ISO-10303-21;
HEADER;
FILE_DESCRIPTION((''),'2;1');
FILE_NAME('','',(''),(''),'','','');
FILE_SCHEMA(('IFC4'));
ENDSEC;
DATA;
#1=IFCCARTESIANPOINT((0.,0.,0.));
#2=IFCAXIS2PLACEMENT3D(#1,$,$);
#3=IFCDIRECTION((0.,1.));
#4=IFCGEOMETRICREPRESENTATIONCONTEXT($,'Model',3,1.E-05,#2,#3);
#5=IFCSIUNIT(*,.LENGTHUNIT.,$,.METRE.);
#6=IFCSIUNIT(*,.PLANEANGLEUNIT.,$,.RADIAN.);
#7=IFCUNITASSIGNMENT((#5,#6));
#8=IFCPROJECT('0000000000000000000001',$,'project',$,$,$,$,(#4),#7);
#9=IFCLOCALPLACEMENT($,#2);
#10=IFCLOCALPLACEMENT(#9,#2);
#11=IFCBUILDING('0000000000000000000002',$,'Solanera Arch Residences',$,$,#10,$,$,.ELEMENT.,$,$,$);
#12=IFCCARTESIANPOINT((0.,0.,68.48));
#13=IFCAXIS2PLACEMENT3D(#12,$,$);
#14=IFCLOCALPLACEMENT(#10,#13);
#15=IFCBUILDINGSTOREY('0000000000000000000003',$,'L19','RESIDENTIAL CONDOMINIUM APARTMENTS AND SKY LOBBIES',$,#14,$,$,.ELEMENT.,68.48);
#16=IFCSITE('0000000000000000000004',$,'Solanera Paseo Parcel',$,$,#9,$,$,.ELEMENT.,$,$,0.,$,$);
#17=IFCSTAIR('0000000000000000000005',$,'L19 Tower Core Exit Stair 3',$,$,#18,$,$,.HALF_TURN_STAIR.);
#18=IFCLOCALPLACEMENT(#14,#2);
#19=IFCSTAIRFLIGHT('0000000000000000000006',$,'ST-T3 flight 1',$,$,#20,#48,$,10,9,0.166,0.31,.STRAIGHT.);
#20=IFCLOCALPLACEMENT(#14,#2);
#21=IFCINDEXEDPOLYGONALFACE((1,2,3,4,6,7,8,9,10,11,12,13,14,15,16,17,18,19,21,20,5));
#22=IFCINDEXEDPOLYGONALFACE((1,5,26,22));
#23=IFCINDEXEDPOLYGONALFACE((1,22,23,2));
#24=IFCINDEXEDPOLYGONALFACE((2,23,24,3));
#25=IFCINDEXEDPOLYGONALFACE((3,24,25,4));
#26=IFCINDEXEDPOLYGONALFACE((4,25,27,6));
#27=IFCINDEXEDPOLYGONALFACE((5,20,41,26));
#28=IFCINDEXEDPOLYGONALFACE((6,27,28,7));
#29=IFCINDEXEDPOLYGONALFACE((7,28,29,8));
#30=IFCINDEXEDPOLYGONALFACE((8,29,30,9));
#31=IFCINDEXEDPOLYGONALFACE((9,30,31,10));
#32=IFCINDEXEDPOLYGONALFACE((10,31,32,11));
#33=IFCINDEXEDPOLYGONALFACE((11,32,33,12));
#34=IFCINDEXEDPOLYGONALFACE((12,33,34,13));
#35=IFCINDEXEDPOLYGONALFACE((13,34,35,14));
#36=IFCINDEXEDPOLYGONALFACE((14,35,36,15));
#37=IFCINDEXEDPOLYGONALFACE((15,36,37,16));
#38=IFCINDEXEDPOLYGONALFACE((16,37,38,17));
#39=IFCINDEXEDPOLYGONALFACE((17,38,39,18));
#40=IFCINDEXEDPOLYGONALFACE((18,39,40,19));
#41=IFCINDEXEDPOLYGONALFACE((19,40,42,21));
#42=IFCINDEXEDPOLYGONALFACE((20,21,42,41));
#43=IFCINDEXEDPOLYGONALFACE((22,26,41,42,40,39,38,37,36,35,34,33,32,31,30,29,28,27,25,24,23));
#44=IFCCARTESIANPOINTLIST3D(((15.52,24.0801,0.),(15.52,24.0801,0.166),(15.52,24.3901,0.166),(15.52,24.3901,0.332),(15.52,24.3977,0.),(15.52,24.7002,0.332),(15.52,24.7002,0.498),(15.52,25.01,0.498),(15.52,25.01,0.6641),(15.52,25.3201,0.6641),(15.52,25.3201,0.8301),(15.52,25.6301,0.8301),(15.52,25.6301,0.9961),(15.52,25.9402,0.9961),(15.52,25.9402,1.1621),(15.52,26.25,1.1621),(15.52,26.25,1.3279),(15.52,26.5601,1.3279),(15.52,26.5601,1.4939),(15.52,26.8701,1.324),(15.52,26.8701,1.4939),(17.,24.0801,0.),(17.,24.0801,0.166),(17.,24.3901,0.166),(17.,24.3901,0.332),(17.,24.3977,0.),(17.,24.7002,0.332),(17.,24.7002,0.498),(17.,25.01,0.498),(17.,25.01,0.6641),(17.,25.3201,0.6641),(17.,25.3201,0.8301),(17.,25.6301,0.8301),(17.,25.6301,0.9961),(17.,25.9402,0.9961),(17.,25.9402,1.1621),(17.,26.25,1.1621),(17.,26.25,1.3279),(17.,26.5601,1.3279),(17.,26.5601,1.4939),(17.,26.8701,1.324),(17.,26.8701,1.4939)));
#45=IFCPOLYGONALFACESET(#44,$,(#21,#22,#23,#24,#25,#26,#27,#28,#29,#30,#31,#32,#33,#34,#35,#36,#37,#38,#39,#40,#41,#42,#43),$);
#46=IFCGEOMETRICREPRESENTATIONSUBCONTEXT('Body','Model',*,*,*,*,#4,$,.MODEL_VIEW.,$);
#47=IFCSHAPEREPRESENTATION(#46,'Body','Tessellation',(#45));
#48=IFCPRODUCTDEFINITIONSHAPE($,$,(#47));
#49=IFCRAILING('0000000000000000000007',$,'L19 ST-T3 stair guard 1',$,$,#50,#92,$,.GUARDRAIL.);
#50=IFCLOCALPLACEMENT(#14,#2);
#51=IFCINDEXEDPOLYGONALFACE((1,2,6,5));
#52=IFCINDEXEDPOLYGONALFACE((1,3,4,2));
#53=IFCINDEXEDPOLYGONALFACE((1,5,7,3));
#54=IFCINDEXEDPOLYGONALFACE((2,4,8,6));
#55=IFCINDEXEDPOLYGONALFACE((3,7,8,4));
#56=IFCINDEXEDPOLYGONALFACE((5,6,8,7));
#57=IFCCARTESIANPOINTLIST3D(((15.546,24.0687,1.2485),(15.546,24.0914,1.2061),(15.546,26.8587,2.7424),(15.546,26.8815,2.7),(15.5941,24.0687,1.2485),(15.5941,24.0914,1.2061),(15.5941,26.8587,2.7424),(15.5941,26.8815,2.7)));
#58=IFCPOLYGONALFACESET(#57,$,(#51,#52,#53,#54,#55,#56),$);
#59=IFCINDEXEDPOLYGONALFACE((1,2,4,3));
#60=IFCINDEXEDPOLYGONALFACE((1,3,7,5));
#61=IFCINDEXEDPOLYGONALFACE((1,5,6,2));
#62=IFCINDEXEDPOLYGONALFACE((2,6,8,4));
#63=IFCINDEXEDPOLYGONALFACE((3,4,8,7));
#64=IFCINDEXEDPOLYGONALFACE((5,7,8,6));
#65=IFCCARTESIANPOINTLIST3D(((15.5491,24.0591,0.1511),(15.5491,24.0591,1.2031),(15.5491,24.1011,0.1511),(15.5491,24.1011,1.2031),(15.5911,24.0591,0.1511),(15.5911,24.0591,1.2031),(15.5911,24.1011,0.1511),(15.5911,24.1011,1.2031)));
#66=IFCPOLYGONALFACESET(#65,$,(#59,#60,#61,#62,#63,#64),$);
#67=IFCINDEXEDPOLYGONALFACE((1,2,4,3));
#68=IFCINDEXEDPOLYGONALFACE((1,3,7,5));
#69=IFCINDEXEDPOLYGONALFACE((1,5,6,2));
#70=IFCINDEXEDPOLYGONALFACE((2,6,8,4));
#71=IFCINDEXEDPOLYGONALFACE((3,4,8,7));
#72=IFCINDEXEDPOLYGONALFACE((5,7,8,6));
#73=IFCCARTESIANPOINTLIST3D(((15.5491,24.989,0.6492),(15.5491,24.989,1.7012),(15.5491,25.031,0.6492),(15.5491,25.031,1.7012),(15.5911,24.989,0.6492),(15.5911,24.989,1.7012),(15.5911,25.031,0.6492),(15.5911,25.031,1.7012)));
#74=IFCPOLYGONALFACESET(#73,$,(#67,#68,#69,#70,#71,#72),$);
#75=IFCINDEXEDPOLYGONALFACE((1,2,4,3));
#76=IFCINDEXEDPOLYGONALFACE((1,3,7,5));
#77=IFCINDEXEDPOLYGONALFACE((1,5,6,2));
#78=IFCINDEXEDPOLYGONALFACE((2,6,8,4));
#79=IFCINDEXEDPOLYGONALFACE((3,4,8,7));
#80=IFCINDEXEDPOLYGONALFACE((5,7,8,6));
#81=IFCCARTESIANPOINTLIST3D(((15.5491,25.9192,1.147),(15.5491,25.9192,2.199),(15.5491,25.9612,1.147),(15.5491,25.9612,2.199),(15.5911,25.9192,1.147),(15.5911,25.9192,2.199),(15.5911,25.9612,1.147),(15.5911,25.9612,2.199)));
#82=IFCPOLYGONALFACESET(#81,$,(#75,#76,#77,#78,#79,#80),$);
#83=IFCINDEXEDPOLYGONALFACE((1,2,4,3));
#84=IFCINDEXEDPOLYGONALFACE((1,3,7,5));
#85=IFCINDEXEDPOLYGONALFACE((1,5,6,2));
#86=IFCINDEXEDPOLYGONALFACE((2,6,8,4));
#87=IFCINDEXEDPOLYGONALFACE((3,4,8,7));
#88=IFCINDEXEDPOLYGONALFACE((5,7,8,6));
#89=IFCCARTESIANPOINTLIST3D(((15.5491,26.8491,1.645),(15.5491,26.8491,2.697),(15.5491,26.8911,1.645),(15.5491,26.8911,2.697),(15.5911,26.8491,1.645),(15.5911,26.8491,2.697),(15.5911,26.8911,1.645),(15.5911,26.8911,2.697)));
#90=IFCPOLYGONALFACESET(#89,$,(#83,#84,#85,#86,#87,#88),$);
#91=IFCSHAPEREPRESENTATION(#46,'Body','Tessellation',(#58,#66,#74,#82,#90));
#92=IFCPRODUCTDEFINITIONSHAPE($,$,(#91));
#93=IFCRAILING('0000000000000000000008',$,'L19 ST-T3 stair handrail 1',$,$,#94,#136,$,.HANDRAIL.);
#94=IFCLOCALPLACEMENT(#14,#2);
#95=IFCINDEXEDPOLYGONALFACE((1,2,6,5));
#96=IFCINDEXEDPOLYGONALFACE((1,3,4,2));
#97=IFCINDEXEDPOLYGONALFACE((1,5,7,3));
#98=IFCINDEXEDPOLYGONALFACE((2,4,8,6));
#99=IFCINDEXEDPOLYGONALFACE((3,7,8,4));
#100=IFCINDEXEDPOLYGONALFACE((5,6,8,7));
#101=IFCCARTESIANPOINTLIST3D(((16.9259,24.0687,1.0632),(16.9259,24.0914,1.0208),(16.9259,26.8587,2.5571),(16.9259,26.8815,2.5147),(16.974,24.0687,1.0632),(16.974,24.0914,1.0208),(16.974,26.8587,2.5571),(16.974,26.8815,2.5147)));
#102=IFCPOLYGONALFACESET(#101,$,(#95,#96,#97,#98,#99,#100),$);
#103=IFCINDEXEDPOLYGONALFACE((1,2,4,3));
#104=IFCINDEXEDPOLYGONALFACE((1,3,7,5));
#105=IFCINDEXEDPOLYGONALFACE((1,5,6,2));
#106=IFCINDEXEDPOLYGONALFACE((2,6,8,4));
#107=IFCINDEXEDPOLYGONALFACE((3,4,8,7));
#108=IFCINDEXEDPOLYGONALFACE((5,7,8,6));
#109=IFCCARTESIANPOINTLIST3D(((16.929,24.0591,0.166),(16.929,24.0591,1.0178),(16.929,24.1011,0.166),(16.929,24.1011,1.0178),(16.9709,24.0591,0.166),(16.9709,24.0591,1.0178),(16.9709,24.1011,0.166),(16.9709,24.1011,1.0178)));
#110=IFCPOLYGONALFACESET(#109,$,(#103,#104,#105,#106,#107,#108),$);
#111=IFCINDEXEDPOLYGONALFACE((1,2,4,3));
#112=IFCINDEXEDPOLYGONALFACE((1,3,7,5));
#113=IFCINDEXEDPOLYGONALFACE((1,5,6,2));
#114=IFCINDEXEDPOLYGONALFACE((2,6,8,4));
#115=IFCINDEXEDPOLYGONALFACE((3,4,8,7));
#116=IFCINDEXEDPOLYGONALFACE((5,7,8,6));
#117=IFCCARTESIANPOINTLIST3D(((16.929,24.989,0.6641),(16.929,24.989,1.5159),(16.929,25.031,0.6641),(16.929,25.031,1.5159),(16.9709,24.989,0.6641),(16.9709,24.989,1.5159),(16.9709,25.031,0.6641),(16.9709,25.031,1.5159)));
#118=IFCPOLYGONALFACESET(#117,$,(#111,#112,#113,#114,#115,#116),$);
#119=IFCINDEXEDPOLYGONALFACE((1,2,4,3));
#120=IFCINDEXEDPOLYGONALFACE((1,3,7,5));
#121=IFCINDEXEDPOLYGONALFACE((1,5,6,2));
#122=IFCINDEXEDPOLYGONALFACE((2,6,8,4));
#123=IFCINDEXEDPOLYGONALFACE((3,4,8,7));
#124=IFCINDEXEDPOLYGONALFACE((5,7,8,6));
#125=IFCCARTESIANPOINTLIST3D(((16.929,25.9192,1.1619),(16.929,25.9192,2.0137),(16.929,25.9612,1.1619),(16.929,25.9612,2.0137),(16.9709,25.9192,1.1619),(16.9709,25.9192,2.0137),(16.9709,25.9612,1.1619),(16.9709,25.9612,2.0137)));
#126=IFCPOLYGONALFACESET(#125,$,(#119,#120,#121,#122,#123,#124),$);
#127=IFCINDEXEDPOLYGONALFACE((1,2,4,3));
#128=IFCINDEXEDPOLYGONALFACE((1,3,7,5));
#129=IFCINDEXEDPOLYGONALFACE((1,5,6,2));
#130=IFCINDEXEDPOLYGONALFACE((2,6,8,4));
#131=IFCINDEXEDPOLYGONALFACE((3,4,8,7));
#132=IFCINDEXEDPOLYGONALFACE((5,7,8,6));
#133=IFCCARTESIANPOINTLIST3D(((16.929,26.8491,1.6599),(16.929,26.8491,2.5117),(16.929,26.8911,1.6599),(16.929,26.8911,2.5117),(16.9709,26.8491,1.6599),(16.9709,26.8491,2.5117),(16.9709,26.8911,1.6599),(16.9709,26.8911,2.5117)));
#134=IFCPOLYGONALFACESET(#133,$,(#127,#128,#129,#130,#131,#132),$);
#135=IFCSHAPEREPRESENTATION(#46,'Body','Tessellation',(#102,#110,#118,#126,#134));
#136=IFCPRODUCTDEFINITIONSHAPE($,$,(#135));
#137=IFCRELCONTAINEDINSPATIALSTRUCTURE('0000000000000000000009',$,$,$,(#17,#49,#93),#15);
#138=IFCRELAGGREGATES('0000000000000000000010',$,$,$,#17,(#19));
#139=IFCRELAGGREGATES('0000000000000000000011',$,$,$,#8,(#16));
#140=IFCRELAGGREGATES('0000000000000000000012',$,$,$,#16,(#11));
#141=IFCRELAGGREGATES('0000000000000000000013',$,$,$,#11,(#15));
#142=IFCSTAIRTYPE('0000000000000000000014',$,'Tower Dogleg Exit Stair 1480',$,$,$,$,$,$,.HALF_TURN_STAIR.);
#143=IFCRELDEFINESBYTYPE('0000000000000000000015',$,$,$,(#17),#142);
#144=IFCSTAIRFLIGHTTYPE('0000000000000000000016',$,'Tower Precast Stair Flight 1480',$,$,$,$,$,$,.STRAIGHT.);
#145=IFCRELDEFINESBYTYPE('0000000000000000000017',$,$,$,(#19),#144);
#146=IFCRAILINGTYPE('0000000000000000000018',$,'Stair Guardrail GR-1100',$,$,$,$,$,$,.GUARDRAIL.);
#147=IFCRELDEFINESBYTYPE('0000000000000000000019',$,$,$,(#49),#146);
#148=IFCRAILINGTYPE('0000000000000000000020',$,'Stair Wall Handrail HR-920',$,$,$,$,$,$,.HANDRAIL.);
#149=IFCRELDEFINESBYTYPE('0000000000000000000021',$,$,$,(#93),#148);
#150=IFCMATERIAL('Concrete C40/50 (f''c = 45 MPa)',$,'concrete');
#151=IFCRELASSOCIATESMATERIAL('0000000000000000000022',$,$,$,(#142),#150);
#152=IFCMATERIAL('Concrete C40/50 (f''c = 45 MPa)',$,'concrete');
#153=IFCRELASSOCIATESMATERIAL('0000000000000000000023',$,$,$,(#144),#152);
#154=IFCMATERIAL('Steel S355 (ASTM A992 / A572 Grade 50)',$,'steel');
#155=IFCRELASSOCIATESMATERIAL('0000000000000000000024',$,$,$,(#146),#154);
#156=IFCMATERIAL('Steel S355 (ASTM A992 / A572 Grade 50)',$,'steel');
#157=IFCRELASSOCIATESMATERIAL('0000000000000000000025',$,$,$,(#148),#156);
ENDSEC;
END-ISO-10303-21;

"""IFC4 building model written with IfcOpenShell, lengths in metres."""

from ifc_helpers import new_model, si_unit, direction, frame, origin, origin_2d, place, context, subcontext, project, spatial, polyline, rectangle, outline, extrude, material, type_object, element, aggregate, save


model = new_model("IFC4")

# Units and contexts
model_context = context("Model", 3, precision=1e-05, world=origin(), true_north=direction((0.0, 1.0)))
body_context = subcontext(model_context, "Body", "Model", "MODEL_VIEW")
ifc_project = project(units=[si_unit("LENGTHUNIT", "METRE"), si_unit("PLANEANGLEUNIT", "RADIAN")], contexts=[model_context])

# Site, building, storey
site_placement = place(None, origin())
site = spatial("IfcSite", under=ifc_project, at=site_placement, Name="Solanera Paseo Parcel", CompositionType="ELEMENT", RefElevation=0.0)
building_placement = place(site_placement, origin())
building = spatial("IfcBuilding", under=site, at=building_placement, Name="Solanera Arch Residences", CompositionType="ELEMENT")
storey_placement = place(building_placement, frame((0.0, 0.0, 68.48)))
storey = spatial("IfcBuildingStorey", under=building, at=storey_placement, Name="L19", Description="RESIDENTIAL CONDOMINIUM APARTMENTS AND SKY LOBBIES", CompositionType="ELEMENT", Elevation=68.48)

# Stair, stair flight
ifc_material_1 = material(Name="Concrete C40/50 (f'c = 45 MPa)", Category="concrete")
stair_type = type_object("IfcStairType", Name="Tower Dogleg Exit Stair 1480", PredefinedType="HALF_TURN_STAIR", material=ifc_material_1)
stair_placement = place(storey_placement, origin())
stair = element("IfcStair", 1, at=stair_placement, inside=storey, type_object=stair_type, Name="L19 Tower Core Exit Stair 3", PredefinedType="HALF_TURN_STAIR")
ifc_material_2 = material(Name="Concrete C40/50 (f'c = 45 MPa)", Category="concrete")
stair_flight_type = type_object("IfcStairFlightType", Name="Tower Precast Stair Flight 1480", PredefinedType="STRAIGHT", material=ifc_material_2)
stair_flight_placement = place(storey_placement, frame((16.26, 24.0801, 0.0), z_axis=(0.0, 0.0, 1.0), x_axis=(0.0, 1.0, 0.0)))
stair_flight = element("IfcStairFlight", 2, at=stair_flight_placement, type_object=stair_flight_type, Name="ST-T3 flight 1", NumberOfRisers=10, NumberOfTreads=9, PredefinedType="STRAIGHT", RiserHeight=0.166, TreadLength=0.31, context=body_context, shape_type="SweptSolid", body=[
    extrude(outline(polyline([(0.0, 0.0), (0.0, 0.166), (0.3101, 0.166), (0.3101, 0.332), (0.6201, 0.332), (0.6201, 0.498), (0.9299, 0.498), (0.9299, 0.6641), (1.24, 0.6641), (1.24, 0.8301), (1.55, 0.8301), (1.55, 0.9961), (1.8601, 0.9961), (1.8601, 1.1621), (2.1699, 1.1621), (2.1699, 1.3279), (2.48, 1.3279), (2.48, 1.4939), (2.79, 1.4939), (2.79, 1.6599), (2.79, 1.324), (0.3176, 0.0), (0.0, 0.0)])), frame((0.0, 0.74, 0.0), z_axis=(0.0, -1.0, 0.0), x_axis=(1.0, 0.0, 0.0)), (0.0, 0.0, 1.0), 1.48),
])
aggregate(stair, [stair_flight])

# Railings
ifc_material_3 = material(Name="Steel S355 (ASTM A992 / A572 Grade 50)", Category="steel")
railing_type_1 = type_object("IfcRailingType", Name="Stair Guardrail GR-1100", PredefinedType="GUARDRAIL", material=ifc_material_3)
railing_1_placement = place(storey_placement, frame((15.5701, 24.0801, 0.1511)))
element("IfcRailing", 3, at=railing_1_placement, inside=storey, type_object=railing_type_1, Name="L19 ST-T3 stair guard 1", PredefinedType="GUARDRAIL", context=body_context, shape_type="SweptSolid", body=[
    extrude(rectangle(XDim=0.0481, YDim=0.0481, at=origin_2d()), frame((0.0, 0.0, 1.0762), z_axis=(0.0, 0.881581, 0.472033), x_axis=(-1.0, 0.0, 0.0)), (0.0, 0.0, 1.0), 3.1648),
    extrude(rectangle(XDim=0.042, YDim=0.042, at=origin_2d()), origin(), (0.0, 0.0, 1.0), 1.052),
    extrude(rectangle(XDim=0.042, YDim=0.042, at=origin_2d()), frame((0.0, 0.9299, 0.498)), (0.0, 0.0, 1.0), 1.052),
    extrude(rectangle(XDim=0.042, YDim=0.042, at=origin_2d()), frame((0.0, 1.8601, 0.9958)), (0.0, 0.0, 1.0), 1.052),
    extrude(rectangle(XDim=0.042, YDim=0.042, at=origin_2d()), frame((0.0, 2.79, 1.4939)), (0.0, 0.0, 1.0), 1.052),
])
ifc_material_4 = material(Name="Steel S355 (ASTM A992 / A572 Grade 50)", Category="steel")
railing_type_2 = type_object("IfcRailingType", Name="Stair Wall Handrail HR-920", PredefinedType="HANDRAIL", material=ifc_material_4)
railing_2_placement = place(storey_placement, frame((16.95, 24.0801, 0.166)))
element("IfcRailing", 4, at=railing_2_placement, inside=storey, type_object=railing_type_2, Name="L19 ST-T3 stair handrail 1", PredefinedType="HANDRAIL", context=body_context, shape_type="SweptSolid", body=[
    extrude(rectangle(XDim=0.0481, YDim=0.0481, at=origin_2d()), frame((0.0, 0.0, 0.876), z_axis=(0.0, 0.881581, 0.472033), x_axis=(-1.0, 0.0, 0.0)), (0.0, 0.0, 1.0), 3.1648),
    extrude(rectangle(XDim=0.042, YDim=0.042, at=origin_2d()), origin(), (0.0, 0.0, 1.0), 0.8518),
    extrude(rectangle(XDim=0.042, YDim=0.042, at=origin_2d()), frame((0.0, 0.9299, 0.498)), (0.0, 0.0, 1.0), 0.8518),
    extrude(rectangle(XDim=0.042, YDim=0.042, at=origin_2d()), frame((0.0, 1.8601, 0.9958)), (0.0, 0.0, 1.0), 0.8518),
    extrude(rectangle(XDim=0.042, YDim=0.042, at=origin_2d()), frame((0.0, 2.79, 1.4939)), (0.0, 0.0, 1.0), 0.8518),
])

save(model, "model.ifc")
